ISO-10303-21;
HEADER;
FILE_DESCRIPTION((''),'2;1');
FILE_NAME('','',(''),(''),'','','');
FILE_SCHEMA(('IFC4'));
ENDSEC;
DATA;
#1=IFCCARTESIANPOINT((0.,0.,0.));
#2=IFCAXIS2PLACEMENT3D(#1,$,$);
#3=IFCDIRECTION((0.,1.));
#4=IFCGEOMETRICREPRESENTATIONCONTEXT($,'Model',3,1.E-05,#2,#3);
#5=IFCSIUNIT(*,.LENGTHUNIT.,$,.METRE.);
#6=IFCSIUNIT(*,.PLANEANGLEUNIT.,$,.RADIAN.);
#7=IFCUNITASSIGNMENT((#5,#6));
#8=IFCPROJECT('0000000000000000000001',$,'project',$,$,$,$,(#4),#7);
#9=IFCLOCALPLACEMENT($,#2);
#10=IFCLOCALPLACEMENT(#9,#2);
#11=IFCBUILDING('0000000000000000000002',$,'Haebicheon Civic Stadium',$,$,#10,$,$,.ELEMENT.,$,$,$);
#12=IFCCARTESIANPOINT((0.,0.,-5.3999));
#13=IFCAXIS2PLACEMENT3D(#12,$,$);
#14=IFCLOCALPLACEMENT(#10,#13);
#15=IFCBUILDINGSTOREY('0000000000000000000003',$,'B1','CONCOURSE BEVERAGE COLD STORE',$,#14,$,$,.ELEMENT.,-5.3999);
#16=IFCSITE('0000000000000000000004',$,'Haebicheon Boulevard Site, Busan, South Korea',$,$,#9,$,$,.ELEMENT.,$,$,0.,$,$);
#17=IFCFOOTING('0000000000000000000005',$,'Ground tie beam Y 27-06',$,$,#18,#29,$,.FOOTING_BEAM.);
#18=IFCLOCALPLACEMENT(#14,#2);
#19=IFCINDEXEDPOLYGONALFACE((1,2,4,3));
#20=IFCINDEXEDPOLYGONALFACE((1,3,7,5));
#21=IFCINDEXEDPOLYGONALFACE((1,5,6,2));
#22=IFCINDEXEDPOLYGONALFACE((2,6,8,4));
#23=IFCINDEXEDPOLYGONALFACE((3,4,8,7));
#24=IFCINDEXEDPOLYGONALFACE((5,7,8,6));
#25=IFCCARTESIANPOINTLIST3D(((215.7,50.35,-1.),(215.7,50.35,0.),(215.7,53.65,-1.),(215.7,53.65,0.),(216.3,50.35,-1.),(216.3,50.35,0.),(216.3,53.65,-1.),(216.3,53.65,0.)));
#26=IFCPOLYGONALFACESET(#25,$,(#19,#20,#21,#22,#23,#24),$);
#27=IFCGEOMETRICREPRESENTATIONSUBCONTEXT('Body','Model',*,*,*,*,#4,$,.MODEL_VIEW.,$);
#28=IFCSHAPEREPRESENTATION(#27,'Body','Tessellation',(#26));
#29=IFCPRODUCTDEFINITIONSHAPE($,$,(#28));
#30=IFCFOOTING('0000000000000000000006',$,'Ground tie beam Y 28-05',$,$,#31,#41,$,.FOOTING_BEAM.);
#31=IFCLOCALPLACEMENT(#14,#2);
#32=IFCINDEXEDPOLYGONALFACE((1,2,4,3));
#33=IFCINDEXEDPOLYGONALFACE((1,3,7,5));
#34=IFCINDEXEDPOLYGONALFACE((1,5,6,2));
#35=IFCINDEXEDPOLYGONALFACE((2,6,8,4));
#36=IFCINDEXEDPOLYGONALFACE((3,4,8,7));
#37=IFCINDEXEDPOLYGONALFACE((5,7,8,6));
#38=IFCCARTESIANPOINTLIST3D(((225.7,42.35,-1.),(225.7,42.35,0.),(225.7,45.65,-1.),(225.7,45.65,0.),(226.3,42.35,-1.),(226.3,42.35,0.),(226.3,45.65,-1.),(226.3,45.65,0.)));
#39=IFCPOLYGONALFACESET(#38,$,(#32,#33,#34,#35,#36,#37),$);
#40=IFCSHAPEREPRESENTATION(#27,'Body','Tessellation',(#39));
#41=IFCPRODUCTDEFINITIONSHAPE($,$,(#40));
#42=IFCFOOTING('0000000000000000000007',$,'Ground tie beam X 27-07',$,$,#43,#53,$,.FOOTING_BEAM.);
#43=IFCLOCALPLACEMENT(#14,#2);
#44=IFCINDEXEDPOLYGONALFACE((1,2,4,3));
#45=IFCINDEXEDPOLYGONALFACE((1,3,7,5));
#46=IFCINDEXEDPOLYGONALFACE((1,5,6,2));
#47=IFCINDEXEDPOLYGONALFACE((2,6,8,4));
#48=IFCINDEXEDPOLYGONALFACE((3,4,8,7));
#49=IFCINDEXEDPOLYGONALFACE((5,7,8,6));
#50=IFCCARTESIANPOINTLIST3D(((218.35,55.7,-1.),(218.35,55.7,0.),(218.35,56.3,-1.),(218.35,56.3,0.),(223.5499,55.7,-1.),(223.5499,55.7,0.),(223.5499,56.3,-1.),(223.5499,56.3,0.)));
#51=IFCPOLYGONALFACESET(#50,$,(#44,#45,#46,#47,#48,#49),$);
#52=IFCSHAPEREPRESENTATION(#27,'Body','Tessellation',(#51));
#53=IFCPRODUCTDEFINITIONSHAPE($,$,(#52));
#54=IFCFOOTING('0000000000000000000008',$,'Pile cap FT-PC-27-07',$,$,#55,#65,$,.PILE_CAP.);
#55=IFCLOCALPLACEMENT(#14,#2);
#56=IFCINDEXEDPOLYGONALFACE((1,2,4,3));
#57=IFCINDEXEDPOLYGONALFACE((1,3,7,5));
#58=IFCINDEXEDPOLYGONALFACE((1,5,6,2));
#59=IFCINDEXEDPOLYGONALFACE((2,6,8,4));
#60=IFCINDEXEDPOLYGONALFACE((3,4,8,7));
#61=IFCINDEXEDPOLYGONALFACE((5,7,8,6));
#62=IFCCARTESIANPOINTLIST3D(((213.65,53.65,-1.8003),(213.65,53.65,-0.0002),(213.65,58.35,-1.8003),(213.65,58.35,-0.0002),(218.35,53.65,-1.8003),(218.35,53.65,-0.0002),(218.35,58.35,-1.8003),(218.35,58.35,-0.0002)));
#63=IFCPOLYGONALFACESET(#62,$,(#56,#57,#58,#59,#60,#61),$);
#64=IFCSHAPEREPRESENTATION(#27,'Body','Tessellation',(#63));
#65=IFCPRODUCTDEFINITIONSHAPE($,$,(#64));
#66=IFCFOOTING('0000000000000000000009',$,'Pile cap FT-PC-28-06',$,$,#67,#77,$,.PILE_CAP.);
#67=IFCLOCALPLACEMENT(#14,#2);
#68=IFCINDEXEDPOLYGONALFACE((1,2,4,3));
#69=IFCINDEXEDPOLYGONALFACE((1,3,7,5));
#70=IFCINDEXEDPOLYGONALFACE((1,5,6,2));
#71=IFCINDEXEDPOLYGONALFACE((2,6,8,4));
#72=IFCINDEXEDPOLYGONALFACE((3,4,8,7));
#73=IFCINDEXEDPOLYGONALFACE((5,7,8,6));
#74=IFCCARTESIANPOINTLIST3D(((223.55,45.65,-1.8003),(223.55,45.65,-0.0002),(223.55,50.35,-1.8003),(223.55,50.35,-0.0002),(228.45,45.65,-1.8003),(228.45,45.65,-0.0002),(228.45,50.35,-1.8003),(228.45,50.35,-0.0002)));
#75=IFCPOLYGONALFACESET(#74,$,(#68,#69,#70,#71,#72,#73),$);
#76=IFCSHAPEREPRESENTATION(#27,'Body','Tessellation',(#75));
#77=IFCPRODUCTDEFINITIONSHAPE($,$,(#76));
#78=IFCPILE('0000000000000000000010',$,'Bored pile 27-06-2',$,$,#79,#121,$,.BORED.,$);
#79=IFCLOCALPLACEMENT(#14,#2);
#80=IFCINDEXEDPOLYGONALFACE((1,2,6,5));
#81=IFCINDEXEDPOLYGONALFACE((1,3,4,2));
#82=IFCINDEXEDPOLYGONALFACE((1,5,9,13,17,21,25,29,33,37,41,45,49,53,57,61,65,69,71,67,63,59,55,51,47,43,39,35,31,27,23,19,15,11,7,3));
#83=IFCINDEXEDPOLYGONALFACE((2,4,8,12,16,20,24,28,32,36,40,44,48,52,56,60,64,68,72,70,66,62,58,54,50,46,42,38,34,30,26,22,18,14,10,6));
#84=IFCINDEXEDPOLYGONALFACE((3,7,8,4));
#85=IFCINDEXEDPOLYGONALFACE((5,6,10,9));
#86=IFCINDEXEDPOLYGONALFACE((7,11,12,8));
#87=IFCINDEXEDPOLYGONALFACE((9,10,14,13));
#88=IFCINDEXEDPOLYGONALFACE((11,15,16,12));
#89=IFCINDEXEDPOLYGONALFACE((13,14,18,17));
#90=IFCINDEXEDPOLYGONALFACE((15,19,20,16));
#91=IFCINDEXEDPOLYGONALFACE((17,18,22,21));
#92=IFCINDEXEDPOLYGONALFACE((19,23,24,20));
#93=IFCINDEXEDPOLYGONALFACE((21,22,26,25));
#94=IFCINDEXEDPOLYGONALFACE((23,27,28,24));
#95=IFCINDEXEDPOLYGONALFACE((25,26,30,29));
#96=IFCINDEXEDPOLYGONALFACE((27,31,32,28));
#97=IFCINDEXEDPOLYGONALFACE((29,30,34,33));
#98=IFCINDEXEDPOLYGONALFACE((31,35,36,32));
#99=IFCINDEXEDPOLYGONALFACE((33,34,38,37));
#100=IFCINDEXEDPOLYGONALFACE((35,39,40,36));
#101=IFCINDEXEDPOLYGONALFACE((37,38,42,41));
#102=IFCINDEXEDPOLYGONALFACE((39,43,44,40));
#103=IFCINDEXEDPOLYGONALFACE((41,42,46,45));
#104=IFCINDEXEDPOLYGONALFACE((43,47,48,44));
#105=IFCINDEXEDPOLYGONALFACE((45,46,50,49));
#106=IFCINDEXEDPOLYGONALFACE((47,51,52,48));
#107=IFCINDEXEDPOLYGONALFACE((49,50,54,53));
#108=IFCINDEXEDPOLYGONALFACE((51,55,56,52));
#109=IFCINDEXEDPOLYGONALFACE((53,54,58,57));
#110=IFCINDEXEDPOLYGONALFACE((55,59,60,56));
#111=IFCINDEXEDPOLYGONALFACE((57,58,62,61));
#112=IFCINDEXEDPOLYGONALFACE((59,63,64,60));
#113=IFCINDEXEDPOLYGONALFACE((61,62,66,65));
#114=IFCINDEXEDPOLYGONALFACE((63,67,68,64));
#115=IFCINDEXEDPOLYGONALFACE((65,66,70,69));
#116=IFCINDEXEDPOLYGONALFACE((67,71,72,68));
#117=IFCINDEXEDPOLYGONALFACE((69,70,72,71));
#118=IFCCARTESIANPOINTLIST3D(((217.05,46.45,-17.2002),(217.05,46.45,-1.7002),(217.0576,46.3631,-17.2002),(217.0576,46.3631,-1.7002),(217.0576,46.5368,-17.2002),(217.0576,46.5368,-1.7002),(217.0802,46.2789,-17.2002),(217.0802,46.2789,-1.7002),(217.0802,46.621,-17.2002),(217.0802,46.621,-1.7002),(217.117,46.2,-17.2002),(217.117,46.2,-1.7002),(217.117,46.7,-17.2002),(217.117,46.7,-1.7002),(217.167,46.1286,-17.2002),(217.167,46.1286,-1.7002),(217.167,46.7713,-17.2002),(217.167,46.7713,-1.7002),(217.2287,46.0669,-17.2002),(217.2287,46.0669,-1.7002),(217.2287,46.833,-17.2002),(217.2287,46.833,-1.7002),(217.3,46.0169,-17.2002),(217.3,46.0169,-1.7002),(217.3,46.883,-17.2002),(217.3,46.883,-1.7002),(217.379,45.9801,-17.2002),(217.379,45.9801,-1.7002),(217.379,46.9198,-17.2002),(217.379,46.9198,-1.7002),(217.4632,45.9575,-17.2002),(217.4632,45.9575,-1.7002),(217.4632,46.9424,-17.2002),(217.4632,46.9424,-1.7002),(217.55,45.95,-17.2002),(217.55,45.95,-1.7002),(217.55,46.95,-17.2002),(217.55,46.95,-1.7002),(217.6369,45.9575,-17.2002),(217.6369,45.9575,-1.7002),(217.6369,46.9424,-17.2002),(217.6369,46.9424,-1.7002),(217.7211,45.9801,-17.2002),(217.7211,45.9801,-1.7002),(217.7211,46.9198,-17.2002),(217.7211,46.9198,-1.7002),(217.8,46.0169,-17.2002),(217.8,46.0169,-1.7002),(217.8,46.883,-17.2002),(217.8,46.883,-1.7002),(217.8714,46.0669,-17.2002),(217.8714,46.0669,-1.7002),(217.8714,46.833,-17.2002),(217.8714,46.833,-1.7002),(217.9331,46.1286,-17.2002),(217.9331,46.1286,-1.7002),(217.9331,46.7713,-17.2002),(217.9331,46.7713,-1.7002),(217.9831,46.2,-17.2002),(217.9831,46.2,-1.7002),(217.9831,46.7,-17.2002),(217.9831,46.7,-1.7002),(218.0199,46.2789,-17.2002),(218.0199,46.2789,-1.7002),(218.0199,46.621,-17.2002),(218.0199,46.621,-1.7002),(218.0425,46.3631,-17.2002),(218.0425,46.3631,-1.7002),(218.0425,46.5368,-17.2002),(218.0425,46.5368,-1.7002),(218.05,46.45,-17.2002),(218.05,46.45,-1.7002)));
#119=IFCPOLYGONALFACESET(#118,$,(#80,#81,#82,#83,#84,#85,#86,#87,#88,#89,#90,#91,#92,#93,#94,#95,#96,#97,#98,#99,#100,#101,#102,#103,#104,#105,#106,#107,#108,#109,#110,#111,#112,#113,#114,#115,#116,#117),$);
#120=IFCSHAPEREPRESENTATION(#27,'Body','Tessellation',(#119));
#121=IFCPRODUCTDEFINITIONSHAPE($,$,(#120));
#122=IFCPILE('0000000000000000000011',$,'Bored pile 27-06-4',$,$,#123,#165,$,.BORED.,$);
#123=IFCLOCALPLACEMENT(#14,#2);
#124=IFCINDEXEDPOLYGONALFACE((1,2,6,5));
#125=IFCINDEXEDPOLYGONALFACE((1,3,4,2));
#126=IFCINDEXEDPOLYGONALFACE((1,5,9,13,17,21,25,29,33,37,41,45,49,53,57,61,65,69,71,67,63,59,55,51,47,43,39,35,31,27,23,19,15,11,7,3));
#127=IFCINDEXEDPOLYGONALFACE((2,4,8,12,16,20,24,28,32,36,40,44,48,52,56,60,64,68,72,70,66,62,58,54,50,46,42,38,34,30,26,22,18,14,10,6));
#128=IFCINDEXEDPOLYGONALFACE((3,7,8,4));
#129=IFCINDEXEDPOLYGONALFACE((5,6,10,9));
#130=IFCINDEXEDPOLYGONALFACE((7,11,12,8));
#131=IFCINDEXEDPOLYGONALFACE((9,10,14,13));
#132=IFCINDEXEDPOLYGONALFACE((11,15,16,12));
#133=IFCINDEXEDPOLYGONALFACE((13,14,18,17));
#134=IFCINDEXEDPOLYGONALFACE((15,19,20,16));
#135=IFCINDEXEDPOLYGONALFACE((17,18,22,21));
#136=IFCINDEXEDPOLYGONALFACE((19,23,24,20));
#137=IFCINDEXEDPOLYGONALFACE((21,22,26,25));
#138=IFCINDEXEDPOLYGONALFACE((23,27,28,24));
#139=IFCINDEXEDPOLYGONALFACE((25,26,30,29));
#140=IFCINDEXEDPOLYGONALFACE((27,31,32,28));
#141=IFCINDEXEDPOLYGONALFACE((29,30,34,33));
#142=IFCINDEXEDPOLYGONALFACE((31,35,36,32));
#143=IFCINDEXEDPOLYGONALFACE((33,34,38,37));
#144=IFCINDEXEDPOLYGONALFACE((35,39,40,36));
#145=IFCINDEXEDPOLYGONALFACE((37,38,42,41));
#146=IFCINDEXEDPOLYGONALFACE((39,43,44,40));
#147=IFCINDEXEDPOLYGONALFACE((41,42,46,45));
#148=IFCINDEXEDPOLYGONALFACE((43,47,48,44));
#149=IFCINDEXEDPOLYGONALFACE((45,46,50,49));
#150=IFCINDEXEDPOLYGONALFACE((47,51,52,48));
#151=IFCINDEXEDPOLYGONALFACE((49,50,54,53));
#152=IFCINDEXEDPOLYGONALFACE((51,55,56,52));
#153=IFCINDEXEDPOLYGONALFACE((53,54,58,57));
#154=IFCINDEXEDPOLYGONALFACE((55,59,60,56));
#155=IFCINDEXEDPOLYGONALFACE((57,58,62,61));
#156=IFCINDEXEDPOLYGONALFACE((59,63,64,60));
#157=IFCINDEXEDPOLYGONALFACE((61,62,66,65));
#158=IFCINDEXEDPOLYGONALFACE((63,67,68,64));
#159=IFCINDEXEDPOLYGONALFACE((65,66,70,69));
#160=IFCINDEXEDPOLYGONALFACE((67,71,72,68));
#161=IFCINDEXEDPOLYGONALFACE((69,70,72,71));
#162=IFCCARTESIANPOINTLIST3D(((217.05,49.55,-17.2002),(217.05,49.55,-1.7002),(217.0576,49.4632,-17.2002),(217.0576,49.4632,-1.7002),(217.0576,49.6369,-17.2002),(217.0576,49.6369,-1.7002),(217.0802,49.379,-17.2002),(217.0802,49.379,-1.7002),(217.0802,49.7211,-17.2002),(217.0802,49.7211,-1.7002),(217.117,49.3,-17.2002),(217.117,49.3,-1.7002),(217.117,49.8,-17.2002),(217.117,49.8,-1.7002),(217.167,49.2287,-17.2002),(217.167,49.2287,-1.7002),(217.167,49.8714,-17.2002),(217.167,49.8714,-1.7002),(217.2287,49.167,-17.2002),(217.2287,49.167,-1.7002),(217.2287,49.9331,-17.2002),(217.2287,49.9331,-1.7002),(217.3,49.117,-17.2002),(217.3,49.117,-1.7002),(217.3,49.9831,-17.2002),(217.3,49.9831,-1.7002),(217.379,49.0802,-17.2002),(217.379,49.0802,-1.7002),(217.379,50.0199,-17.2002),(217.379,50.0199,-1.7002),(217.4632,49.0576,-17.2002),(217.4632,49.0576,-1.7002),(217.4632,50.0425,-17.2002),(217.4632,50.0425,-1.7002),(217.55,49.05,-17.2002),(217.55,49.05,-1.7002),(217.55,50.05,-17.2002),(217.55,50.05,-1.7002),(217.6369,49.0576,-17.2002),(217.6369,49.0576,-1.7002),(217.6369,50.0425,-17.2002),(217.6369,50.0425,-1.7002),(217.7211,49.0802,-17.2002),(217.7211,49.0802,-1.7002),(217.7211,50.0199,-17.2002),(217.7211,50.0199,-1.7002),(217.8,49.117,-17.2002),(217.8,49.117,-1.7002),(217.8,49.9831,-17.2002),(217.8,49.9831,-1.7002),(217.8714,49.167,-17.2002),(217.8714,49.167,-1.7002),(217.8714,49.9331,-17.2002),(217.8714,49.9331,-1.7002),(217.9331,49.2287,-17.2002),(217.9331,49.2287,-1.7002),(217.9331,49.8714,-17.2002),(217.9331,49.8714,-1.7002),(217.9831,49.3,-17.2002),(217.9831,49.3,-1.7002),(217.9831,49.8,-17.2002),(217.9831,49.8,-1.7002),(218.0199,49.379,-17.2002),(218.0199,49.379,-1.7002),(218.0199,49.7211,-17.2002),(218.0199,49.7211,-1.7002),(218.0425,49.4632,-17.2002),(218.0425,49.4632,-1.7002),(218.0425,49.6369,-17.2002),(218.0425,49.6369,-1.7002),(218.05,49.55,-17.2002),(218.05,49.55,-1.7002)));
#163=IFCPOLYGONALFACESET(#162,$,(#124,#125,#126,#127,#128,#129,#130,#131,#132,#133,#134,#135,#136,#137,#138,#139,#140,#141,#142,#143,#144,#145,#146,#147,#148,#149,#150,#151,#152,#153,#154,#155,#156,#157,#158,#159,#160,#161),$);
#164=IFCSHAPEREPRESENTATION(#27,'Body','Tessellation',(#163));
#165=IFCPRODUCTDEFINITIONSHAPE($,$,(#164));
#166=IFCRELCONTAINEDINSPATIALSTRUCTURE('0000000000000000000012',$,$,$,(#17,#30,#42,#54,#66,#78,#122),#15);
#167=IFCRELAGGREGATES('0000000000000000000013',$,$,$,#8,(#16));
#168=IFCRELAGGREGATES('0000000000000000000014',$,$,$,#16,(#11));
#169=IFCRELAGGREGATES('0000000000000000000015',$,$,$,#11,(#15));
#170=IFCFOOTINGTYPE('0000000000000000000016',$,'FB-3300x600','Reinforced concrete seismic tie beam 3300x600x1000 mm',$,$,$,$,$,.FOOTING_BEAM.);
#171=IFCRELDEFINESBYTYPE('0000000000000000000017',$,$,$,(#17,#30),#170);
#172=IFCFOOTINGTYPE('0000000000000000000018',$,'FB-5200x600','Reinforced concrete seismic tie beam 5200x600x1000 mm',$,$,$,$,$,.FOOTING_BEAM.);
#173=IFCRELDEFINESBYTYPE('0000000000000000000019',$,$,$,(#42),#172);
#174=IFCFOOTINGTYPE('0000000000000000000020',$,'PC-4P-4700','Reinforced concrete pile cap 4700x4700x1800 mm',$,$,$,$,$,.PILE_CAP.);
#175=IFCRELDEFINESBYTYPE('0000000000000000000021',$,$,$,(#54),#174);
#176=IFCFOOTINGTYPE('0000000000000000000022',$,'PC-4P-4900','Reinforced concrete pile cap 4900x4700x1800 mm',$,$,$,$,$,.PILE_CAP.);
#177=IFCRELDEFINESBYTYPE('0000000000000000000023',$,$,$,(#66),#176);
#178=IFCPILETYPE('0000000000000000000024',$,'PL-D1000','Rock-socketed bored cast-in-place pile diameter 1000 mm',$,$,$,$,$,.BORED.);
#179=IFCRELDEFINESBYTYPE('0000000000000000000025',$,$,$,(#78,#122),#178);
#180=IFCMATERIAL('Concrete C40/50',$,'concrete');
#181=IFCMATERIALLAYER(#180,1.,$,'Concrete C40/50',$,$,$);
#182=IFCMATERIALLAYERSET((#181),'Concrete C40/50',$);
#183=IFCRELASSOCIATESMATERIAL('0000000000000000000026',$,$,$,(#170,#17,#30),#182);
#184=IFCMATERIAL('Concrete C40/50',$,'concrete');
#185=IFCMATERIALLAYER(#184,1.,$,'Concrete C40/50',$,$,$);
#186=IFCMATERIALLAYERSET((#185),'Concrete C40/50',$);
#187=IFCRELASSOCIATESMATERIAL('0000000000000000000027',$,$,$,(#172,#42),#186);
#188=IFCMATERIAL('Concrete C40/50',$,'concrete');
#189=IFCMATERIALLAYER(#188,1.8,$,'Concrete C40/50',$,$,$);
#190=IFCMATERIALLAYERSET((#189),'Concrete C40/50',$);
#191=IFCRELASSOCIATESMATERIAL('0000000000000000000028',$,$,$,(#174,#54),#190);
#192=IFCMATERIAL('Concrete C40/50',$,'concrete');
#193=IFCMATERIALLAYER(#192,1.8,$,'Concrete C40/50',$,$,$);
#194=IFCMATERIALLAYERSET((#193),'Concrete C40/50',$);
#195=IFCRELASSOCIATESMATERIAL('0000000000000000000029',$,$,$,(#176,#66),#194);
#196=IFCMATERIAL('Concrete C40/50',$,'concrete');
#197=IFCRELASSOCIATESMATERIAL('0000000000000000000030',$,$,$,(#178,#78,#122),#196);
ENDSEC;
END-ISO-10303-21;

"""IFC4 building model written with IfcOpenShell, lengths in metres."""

from ifc_helpers import new_model, si_unit, direction, frame, origin, origin_2d, place, context, subcontext, project, spatial, rectangle, circle, extrude, material, layer, layer_set, material_profile, profile_set, type_object, element, save


model = new_model("IFC4")

# Units and contexts
model_context = context("Model", 3, precision=1e-05, world=origin(), true_north=direction((0.0, 1.0)))
body_context = subcontext(model_context, "Body", "Model", "MODEL_VIEW")
ifc_project = project(units=[si_unit("LENGTHUNIT", "METRE"), si_unit("PLANEANGLEUNIT", "RADIAN")], contexts=[model_context])

# Site, building, storey
site_placement = place(None, origin())
site = spatial("IfcSite", under=ifc_project, at=site_placement, Name="Haebicheon Boulevard Site, Busan, South Korea", CompositionType="ELEMENT", RefElevation=0.0)
building_placement = place(site_placement, origin())
building = spatial("IfcBuilding", under=site, at=building_placement, Name="Haebicheon Civic Stadium", CompositionType="ELEMENT")
storey_placement = place(building_placement, frame((0.0, 0.0, -5.3999)))
storey = spatial("IfcBuildingStorey", under=building, at=storey_placement, Name="B1", Description="CONCOURSE BEVERAGE COLD STORE", CompositionType="ELEMENT", Elevation=-5.3999)

# Footings
ifc_material_1 = material(Name="Concrete C40/50", Category="concrete")
ifc_layer_1 = layer(ifc_material_1, 1.0, Name="Concrete C40/50")
ifc_layer_set_1 = layer_set([ifc_layer_1], Name="Concrete C40/50")
footing_type_1 = type_object("IfcFootingType", Name="FB-3300x600", Description="Reinforced concrete seismic tie beam 3300x600x1000 mm", PredefinedType="FOOTING_BEAM", material=ifc_layer_set_1)
for number, where, z_axis, x_axis, name in (
    (1, (216.0, 52.0, -1.0), (0.0, 0.0, 1.0), (0.0, 1.0, 0.0), "Ground tie beam Y 27-06"),
    (2, (226.0, 44.0, -1.0), (0.0, 0.0, 1.0), (0.0, 1.0, 0.0), "Ground tie beam Y 28-05"),
):
    element("IfcFooting", number, at=place(storey_placement, frame(where, z_axis=z_axis, x_axis=x_axis)), inside=storey, type_object=footing_type_1, material=ifc_layer_set_1, Name=name, PredefinedType="FOOTING_BEAM", context=body_context, shape_type="SweptSolid", body=[
        extrude(rectangle(XDim=3.3, YDim=0.6001, at=origin_2d()), origin(), (0.0, 0.0, 1.0), 1.0),
    ])
ifc_material_2 = material(Name="Concrete C40/50", Category="concrete")
ifc_layer_2 = layer(ifc_material_2, 1.0, Name="Concrete C40/50")
ifc_layer_set_2 = layer_set([ifc_layer_2], Name="Concrete C40/50")
footing_type_2 = type_object("IfcFootingType", Name="FB-5200x600", Description="Reinforced concrete seismic tie beam 5200x600x1000 mm", PredefinedType="FOOTING_BEAM", material=ifc_layer_set_2)
footing_1_placement = place(storey_placement, frame((220.95, 56.0, -1.0), z_axis=(0.0, 0.0, 1.0), x_axis=(1.0, 0.0, 0.0)))
element("IfcFooting", 3, at=footing_1_placement, inside=storey, type_object=footing_type_2, material=ifc_layer_set_2, Name="Ground tie beam X 27-07", PredefinedType="FOOTING_BEAM", context=body_context, shape_type="SweptSolid", body=[
    extrude(rectangle(XDim=5.2, YDim=0.6001, at=origin_2d()), origin(), (0.0, 0.0, 1.0), 1.0),
])
ifc_material_3 = material(Name="Concrete C40/50", Category="concrete")
ifc_layer_3 = layer(ifc_material_3, 1.8, Name="Concrete C40/50")
ifc_layer_set_3 = layer_set([ifc_layer_3], Name="Concrete C40/50")
footing_type_3 = type_object("IfcFootingType", Name="PC-4P-4700", Description="Reinforced concrete pile cap 4700x4700x1800 mm", PredefinedType="PILE_CAP", material=ifc_layer_set_3)
footing_2_placement = place(storey_placement, frame((216.0, 56.0, -1.8003), z_axis=(0.0, 0.0, 1.0), x_axis=(1.0, 0.0, 0.0)))
element("IfcFooting", 4, at=footing_2_placement, inside=storey, type_object=footing_type_3, material=ifc_layer_set_3, Name="Pile cap FT-PC-27-07", PredefinedType="PILE_CAP", context=body_context, shape_type="SweptSolid", body=[
    extrude(rectangle(XDim=4.7, YDim=4.7, at=origin_2d()), origin(), (0.0, 0.0, 1.0), 1.8),
])
ifc_material_4 = material(Name="Concrete C40/50", Category="concrete")
ifc_layer_4 = layer(ifc_material_4, 1.8, Name="Concrete C40/50")
ifc_layer_set_4 = layer_set([ifc_layer_4], Name="Concrete C40/50")
footing_type_4 = type_object("IfcFootingType", Name="PC-4P-4900", Description="Reinforced concrete pile cap 4900x4700x1800 mm", PredefinedType="PILE_CAP", material=ifc_layer_set_4)
footing_3_placement = place(storey_placement, frame((226.0, 48.0, -1.8003), z_axis=(0.0, 0.0, 1.0), x_axis=(1.0, 0.0, 0.0)))
element("IfcFooting", 5, at=footing_3_placement, inside=storey, type_object=footing_type_4, material=ifc_layer_set_4, Name="Pile cap FT-PC-28-06", PredefinedType="PILE_CAP", context=body_context, shape_type="SweptSolid", body=[
    extrude(rectangle(XDim=4.8999, YDim=4.7, at=origin_2d()), origin(), (0.0, 0.0, 1.0), 1.8),
])

# Piles
ifc_material_5 = material(Name="Concrete C40/50", Category="concrete")
ifc_material_profile_1 = material_profile(ifc_material_5, circle(Radius=0.5, at=origin_2d()), Name="PILE-D1000")
ifc_profile_set_1 = profile_set([ifc_material_profile_1], Name="Concrete C40/50")
pile_type = type_object("IfcPileType", Name="PL-D1000", Description="Rock-socketed bored cast-in-place pile diameter 1000 mm", PredefinedType="BORED", material=ifc_profile_set_1)
for number, where, z_axis, x_axis, name in (
    (6, (217.55, 46.45, -1.7002), (0.0, 0.0, -1.0), (1.0, 0.0, 0.0), "Bored pile 27-06-2"),
    (7, (217.55, 49.55, -1.7002), (0.0, 0.0, -1.0), (1.0, 0.0, 0.0), "Bored pile 27-06-4"),
):
    element("IfcPile", number, at=place(storey_placement, frame(where, z_axis=z_axis, x_axis=x_axis)), inside=storey, type_object=pile_type, material=ifc_profile_set_1, Name=name, PredefinedType="BORED", context=body_context, shape_type="SweptSolid", body=[
        extrude(circle(Radius=0.5, at=origin_2d()), origin(), (0.0, 0.0, 1.0), 15.5),
    ])

save(model, "model.ifc")
